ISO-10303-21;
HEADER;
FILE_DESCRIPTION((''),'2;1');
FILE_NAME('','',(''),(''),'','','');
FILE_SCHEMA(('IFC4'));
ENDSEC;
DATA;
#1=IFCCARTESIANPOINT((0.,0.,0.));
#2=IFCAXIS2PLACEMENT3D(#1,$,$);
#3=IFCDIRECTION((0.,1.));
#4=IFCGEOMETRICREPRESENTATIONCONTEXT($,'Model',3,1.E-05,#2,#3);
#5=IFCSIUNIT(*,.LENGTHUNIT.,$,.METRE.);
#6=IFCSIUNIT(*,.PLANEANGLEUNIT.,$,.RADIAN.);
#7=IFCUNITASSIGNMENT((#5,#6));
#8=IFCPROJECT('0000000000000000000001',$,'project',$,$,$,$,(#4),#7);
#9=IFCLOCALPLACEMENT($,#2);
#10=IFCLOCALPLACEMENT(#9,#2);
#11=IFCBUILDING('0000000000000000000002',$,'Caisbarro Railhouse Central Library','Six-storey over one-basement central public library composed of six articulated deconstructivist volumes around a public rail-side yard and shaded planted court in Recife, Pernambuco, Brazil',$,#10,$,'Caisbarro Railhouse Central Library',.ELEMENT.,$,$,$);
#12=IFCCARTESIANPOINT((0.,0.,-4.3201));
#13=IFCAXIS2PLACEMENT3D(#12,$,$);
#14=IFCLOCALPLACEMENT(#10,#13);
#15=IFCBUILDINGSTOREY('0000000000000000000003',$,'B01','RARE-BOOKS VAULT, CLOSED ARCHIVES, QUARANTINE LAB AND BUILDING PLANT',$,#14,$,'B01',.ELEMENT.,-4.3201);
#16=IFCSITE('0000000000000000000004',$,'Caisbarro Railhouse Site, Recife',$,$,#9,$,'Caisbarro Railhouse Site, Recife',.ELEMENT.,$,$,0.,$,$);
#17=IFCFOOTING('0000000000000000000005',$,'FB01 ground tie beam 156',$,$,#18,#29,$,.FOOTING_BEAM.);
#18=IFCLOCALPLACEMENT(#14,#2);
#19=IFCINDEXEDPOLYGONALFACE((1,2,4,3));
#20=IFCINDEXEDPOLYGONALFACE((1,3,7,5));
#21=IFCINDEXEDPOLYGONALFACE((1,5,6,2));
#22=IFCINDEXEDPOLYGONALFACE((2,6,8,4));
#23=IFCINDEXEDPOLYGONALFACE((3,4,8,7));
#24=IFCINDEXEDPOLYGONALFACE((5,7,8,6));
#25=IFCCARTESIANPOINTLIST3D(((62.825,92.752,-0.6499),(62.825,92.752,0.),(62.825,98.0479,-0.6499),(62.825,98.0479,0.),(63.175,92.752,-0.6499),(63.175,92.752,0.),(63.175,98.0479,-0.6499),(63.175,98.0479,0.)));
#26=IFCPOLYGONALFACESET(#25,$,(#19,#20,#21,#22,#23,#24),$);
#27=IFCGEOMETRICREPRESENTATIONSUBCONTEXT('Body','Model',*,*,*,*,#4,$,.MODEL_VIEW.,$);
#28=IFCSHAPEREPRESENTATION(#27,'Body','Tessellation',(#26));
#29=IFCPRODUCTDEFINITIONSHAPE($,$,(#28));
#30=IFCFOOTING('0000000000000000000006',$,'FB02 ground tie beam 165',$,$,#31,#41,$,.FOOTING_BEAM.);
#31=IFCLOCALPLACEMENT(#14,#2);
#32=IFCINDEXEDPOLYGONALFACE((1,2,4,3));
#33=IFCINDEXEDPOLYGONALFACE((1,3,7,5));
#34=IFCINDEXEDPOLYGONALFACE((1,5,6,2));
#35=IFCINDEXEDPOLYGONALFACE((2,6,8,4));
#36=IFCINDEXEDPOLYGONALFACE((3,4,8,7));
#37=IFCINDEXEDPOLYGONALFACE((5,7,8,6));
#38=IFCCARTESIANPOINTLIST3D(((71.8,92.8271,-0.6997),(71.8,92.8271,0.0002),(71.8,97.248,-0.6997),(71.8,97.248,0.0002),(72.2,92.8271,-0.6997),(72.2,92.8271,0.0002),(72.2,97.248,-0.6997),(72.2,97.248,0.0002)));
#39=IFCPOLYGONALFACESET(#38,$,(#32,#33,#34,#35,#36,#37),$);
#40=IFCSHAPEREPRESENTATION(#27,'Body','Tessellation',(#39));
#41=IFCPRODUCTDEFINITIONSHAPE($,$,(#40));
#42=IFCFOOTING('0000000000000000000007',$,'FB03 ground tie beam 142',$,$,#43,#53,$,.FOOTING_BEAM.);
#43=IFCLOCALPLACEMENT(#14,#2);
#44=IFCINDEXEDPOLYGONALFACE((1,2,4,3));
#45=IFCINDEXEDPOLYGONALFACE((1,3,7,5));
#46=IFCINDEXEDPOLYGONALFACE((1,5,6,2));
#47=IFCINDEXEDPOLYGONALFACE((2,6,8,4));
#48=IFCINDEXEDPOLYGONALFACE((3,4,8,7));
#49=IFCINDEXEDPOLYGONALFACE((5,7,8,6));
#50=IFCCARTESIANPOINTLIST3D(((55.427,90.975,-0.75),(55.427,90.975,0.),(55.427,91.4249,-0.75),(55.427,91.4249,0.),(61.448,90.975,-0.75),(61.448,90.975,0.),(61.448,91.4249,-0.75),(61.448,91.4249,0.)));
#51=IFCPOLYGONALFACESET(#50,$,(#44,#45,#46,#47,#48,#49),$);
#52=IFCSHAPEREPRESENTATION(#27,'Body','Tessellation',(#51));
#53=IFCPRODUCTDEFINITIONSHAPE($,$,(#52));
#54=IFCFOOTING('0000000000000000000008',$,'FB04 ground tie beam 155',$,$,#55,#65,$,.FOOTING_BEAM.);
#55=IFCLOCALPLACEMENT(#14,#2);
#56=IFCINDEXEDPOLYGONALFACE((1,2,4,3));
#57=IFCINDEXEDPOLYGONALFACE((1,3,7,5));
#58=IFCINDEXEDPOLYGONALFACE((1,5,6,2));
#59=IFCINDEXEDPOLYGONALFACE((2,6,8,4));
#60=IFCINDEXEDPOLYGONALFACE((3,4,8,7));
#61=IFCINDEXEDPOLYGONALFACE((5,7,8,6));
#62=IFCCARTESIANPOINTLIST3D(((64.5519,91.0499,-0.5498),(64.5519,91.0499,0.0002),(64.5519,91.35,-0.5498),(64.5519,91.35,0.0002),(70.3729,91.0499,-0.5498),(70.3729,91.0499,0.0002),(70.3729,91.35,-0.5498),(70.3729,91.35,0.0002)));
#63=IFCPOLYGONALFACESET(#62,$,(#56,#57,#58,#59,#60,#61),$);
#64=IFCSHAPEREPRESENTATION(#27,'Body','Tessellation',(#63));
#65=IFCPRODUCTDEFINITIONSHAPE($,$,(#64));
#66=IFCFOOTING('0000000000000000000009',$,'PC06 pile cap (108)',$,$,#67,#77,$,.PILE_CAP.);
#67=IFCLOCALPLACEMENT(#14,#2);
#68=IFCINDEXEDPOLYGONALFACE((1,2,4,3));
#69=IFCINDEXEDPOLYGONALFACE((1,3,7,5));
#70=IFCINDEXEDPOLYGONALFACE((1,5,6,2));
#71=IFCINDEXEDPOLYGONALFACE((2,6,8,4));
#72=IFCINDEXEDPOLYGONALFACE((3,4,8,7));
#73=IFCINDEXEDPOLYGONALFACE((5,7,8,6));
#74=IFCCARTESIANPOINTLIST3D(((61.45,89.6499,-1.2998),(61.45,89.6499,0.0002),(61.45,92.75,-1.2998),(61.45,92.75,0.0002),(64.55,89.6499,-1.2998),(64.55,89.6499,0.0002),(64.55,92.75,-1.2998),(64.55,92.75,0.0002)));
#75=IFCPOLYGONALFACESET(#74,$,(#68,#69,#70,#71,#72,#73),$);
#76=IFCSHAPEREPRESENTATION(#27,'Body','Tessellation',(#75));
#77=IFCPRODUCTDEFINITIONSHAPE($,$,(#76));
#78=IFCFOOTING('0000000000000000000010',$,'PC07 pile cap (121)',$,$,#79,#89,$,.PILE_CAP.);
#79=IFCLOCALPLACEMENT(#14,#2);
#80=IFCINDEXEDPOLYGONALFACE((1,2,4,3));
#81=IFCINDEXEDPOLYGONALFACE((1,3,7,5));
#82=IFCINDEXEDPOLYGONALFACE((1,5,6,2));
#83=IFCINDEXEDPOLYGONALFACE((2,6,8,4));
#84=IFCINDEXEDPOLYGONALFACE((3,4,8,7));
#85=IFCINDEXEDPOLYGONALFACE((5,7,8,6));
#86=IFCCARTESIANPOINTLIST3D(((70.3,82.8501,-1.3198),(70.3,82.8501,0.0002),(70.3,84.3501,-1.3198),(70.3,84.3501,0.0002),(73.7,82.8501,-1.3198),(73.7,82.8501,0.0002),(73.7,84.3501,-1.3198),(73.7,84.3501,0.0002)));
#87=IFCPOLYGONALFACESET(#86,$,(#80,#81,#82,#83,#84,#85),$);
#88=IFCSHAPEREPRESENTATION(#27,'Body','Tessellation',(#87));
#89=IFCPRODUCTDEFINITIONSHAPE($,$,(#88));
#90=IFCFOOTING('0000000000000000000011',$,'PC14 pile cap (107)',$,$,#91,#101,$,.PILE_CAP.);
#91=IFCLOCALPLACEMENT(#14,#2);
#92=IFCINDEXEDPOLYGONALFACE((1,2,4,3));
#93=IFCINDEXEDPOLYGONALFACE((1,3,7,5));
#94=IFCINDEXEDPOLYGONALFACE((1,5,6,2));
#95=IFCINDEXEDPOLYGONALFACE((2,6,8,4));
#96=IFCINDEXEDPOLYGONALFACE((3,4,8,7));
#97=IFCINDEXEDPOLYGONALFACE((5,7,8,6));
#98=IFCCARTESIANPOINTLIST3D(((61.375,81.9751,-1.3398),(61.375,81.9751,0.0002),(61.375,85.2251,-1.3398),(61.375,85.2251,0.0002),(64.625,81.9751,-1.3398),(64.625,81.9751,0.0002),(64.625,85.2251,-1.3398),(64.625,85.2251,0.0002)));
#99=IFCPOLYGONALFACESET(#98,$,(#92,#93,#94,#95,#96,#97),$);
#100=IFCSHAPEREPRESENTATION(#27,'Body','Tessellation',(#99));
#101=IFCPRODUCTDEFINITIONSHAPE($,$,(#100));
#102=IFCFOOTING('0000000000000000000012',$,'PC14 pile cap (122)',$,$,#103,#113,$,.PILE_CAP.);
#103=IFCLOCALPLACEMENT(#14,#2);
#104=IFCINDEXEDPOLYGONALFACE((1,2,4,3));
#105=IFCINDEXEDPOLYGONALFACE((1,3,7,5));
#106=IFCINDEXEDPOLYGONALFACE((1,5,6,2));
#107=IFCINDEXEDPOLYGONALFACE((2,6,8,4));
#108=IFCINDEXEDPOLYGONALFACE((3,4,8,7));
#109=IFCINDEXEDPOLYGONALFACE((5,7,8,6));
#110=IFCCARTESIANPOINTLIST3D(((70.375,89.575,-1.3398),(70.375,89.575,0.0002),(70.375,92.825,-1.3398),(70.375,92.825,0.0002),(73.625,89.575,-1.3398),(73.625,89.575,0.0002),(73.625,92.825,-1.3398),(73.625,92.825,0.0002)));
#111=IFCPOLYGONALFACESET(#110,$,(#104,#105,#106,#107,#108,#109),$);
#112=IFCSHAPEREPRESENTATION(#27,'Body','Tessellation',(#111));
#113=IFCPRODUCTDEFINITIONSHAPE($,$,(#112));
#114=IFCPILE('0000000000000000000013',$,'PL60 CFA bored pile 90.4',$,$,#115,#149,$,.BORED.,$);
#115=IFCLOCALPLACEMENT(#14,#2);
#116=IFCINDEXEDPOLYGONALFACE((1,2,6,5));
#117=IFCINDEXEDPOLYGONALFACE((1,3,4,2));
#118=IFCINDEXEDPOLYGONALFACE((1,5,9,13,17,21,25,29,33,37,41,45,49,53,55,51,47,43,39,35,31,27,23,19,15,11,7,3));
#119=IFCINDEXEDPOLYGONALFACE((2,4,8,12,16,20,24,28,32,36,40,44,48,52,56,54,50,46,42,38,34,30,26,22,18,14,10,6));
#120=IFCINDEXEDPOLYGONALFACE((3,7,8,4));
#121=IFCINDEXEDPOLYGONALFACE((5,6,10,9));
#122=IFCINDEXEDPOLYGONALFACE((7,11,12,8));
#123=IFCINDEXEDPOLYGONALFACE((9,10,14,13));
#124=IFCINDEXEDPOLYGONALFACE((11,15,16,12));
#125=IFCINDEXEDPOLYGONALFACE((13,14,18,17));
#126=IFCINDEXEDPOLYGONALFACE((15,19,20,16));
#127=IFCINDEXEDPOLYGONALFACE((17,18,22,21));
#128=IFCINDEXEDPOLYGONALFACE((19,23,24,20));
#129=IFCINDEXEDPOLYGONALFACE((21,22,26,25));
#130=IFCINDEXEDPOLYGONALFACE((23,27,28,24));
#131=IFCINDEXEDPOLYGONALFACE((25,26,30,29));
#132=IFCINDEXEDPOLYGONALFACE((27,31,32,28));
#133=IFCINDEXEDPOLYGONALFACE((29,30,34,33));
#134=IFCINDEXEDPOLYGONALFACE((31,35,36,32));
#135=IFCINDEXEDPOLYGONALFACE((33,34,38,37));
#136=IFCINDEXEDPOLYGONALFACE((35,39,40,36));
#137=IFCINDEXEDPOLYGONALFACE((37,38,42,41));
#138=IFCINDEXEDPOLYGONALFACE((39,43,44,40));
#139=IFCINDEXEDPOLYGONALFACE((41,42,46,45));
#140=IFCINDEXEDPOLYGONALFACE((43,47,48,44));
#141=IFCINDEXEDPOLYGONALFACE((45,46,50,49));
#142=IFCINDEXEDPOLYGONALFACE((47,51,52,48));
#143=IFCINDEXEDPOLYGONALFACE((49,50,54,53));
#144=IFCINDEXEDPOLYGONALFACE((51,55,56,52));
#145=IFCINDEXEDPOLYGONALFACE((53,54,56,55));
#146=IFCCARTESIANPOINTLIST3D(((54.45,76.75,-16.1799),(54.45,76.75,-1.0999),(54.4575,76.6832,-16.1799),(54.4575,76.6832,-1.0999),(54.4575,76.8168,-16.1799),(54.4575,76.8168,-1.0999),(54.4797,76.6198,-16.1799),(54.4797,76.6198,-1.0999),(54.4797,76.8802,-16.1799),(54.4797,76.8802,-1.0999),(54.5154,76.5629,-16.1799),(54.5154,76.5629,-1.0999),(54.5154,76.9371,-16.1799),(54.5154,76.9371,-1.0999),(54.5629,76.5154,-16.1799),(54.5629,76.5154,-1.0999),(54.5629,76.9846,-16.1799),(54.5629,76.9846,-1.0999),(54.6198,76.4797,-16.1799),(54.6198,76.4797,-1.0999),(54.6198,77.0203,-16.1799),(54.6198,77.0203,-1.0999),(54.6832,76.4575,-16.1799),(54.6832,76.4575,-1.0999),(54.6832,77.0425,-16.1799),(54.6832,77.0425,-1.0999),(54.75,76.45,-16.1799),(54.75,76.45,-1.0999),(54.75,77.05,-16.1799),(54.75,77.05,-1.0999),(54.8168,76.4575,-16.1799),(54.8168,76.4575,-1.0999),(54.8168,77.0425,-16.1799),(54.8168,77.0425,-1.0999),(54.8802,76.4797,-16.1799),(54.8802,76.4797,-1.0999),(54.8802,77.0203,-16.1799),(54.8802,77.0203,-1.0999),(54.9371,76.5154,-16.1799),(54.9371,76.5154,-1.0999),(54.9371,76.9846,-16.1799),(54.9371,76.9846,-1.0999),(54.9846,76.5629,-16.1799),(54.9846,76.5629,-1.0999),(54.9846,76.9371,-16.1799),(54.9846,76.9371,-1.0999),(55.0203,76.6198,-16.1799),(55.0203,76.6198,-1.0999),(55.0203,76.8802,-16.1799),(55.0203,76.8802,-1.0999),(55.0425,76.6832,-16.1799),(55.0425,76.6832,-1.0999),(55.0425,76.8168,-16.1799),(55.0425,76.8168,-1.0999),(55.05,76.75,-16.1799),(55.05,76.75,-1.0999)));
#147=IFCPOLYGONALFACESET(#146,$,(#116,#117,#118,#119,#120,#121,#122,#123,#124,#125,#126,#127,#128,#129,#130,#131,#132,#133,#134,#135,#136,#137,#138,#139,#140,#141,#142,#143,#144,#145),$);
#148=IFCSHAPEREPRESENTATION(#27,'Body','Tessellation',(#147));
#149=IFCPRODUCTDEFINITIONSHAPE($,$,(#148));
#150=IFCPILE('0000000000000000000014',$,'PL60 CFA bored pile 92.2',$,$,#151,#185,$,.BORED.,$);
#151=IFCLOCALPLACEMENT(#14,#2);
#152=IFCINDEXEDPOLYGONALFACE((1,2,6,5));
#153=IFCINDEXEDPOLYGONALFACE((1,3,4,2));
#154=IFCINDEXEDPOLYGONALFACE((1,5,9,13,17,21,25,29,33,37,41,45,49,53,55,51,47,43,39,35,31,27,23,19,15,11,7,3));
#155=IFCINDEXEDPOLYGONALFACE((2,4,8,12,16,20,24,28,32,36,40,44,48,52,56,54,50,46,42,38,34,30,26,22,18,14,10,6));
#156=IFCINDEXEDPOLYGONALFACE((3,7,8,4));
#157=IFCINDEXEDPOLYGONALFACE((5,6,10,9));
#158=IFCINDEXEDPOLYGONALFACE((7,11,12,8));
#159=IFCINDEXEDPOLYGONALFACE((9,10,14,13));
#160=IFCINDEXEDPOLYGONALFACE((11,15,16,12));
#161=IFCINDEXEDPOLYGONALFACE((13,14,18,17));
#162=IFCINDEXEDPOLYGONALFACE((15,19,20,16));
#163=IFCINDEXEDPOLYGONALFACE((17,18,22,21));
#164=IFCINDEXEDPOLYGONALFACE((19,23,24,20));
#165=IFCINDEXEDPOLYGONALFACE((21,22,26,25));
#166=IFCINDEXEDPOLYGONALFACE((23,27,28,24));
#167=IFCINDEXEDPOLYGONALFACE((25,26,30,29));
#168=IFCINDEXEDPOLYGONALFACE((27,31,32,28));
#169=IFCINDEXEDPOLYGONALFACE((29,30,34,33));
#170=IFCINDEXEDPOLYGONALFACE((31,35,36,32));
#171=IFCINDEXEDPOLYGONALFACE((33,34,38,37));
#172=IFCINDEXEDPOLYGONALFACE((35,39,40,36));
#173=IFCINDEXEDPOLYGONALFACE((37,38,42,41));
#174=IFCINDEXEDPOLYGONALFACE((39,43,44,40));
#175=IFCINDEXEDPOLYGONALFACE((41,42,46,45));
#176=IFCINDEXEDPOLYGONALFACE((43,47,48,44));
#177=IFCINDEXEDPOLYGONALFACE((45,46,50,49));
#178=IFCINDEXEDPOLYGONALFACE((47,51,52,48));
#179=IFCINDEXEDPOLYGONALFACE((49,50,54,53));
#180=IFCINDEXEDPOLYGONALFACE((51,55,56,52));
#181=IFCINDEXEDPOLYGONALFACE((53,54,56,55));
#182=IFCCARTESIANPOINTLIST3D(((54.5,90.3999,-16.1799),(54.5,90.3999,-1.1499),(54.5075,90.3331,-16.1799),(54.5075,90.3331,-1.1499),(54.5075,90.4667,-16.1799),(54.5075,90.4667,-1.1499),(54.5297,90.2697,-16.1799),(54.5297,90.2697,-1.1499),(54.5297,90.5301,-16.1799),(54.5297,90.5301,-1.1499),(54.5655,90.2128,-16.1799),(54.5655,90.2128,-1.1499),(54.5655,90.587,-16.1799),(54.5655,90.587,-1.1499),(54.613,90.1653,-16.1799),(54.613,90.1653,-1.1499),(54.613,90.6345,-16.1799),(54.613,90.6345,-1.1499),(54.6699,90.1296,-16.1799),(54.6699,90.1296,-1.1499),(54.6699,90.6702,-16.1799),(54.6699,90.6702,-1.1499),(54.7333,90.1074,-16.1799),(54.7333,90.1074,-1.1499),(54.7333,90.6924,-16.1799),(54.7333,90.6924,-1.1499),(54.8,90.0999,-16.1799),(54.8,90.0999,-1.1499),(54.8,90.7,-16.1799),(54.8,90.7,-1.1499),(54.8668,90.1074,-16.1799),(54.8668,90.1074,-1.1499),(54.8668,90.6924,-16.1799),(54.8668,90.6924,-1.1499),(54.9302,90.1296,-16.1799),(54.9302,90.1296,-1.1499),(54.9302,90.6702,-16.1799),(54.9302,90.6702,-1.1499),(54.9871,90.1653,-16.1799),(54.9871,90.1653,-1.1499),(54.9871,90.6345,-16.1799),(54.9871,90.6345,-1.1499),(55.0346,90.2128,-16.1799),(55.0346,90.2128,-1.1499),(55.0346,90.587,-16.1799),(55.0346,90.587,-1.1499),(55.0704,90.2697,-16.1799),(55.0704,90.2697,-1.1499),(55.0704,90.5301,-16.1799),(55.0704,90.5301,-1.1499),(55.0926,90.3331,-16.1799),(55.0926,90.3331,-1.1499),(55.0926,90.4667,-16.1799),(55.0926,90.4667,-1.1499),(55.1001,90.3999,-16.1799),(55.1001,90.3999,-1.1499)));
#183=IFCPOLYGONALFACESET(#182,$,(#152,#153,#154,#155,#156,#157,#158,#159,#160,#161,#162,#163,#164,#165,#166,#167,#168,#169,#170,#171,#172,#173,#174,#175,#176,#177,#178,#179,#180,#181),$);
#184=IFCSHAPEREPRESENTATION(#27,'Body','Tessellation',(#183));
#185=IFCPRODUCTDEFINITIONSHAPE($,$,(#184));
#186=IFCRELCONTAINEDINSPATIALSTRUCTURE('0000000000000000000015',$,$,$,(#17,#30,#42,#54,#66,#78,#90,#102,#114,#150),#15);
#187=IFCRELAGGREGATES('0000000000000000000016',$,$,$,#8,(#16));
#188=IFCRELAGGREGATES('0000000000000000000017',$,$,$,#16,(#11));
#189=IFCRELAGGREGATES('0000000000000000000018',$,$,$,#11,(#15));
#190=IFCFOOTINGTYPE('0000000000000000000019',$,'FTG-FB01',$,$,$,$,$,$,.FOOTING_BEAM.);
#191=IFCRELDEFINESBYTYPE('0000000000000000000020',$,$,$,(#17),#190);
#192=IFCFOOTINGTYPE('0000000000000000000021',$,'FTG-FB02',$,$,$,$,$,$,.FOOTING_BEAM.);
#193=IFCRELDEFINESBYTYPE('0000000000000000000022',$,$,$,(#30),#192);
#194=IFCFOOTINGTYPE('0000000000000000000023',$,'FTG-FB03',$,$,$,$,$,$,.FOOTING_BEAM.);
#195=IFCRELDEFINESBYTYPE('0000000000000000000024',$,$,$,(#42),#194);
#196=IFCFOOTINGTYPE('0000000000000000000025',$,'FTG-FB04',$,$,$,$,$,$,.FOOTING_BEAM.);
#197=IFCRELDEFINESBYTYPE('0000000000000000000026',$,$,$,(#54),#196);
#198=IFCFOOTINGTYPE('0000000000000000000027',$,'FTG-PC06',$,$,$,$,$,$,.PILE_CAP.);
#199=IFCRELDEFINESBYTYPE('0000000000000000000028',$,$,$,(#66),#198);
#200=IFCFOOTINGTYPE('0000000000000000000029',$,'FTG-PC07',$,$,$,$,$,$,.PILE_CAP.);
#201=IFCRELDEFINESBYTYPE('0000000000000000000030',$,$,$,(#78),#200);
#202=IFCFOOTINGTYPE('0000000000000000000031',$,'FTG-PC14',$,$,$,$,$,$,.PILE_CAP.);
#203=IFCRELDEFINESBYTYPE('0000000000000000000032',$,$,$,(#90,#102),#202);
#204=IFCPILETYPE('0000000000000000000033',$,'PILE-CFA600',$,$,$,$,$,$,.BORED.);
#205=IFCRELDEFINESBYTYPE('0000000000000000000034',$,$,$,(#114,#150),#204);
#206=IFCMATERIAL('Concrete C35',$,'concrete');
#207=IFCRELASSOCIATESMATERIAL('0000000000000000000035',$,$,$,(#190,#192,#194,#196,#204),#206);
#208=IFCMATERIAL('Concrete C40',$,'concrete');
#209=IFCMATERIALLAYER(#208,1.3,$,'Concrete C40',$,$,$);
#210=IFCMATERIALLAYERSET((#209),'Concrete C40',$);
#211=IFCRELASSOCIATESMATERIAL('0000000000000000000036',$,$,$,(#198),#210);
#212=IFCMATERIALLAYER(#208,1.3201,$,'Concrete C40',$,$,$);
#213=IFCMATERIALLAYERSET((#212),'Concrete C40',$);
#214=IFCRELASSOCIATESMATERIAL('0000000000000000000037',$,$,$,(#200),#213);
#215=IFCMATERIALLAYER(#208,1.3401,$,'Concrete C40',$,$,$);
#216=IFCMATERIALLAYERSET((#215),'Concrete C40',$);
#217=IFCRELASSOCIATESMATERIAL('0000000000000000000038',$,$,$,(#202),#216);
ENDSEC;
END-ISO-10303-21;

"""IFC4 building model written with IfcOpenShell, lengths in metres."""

from ifc_helpers import new_model, si_unit, direction, frame, origin, origin_2d, place, context, subcontext, project, spatial, rectangle, circle, extrude, material, layer, layer_set, material_profile, profile_set, type_object, element, save


model = new_model("IFC4")

# Units and contexts
model_context = context("Model", 3, precision=1e-05, world=origin(), true_north=direction((0.0, 1.0)))
body_context = subcontext(model_context, "Body", "Model", "MODEL_VIEW")
ifc_project = project(units=[si_unit("LENGTHUNIT", "METRE"), si_unit("PLANEANGLEUNIT", "RADIAN")], contexts=[model_context])

# Site, building, storey
site_placement = place(None, origin())
site = spatial("IfcSite", under=ifc_project, at=site_placement, Name="Caisbarro Railhouse Site, Recife", LongName="Caisbarro Railhouse Site, Recife", CompositionType="ELEMENT", RefElevation=0.0)
building_placement = place(site_placement, origin())
building = spatial("IfcBuilding", under=site, at=building_placement, Name="Caisbarro Railhouse Central Library", Description="Six-storey over one-basement central public library composed of six articulated deconstructivist volumes around a public rail-side yard and shaded planted court in Recife, Pernambuco, Brazil", LongName="Caisbarro Railhouse Central Library", CompositionType="ELEMENT")
storey_placement = place(building_placement, frame((0.0, 0.0, -4.3201)))
storey = spatial("IfcBuildingStorey", under=building, at=storey_placement, Name="B01", Description="RARE-BOOKS VAULT, CLOSED ARCHIVES, QUARANTINE LAB AND BUILDING PLANT", LongName="B01", CompositionType="ELEMENT", Elevation=-4.3201)

# Footings
ifc_material_1 = material(Name="Concrete C35", Category="concrete")
footing_type_1 = type_object("IfcFootingType", Name="FTG-FB01", PredefinedType="FOOTING_BEAM", material=ifc_material_1)
footing_1_placement = place(storey_placement, frame((63.0, 95.3999, -0.6499), z_axis=(0.0, 0.0, 1.0), x_axis=(0.0, 1.0, 0.0)))
element("IfcFooting", 1, at=footing_1_placement, inside=storey, type_object=footing_type_1, Name="FB01 ground tie beam 156", PredefinedType="FOOTING_BEAM", context=body_context, shape_type="SweptSolid", body=[
    extrude(rectangle(XDim=5.2959, YDim=0.3501, at=origin_2d()), origin(), (0.0, 0.0, 1.0), 0.6499),
])
footing_type_2 = type_object("IfcFootingType", Name="FTG-FB02", PredefinedType="FOOTING_BEAM", material=ifc_material_1)
footing_2_placement = place(storey_placement, frame((72.0, 95.0376, -0.6997), z_axis=(0.0, 0.0, 1.0), x_axis=(0.0, 1.0, 0.0)))
element("IfcFooting", 2, at=footing_2_placement, inside=storey, type_object=footing_type_2, Name="FB02 ground tie beam 165", PredefinedType="FOOTING_BEAM", context=body_context, shape_type="SweptSolid", body=[
    extrude(rectangle(XDim=4.4209, YDim=0.3999, at=origin_2d()), origin(), (0.0, 0.0, 1.0), 0.7),
])
footing_type_3 = type_object("IfcFootingType", Name="FTG-FB03", PredefinedType="FOOTING_BEAM", material=ifc_material_1)
footing_3_placement = place(storey_placement, frame((58.4375, 91.2, -0.75), z_axis=(0.0, 0.0, 1.0), x_axis=(1.0, 0.0, 0.0)))
element("IfcFooting", 3, at=footing_3_placement, inside=storey, type_object=footing_type_3, Name="FB03 ground tie beam 142", PredefinedType="FOOTING_BEAM", context=body_context, shape_type="SweptSolid", body=[
    extrude(rectangle(XDim=6.021, YDim=0.45, at=origin_2d()), origin(), (0.0, 0.0, 1.0), 0.75),
])
footing_type_4 = type_object("IfcFootingType", Name="FTG-FB04", PredefinedType="FOOTING_BEAM", material=ifc_material_1)
footing_4_placement = place(storey_placement, frame((67.4624, 91.2, -0.5498), z_axis=(0.0, 0.0, 1.0), x_axis=(1.0, 0.0, 0.0)))
element("IfcFooting", 4, at=footing_4_placement, inside=storey, type_object=footing_type_4, Name="FB04 ground tie beam 155", PredefinedType="FOOTING_BEAM", context=body_context, shape_type="SweptSolid", body=[
    extrude(rectangle(XDim=5.821, YDim=0.3, at=origin_2d()), origin(), (0.0, 0.0, 1.0), 0.55),
])
ifc_material_2 = material(Name="Concrete C40", Category="concrete")
ifc_layer_1 = layer(ifc_material_2, 1.3, Name="Concrete C40")
ifc_layer_set_1 = layer_set([ifc_layer_1], Name="Concrete C40")
footing_type_5 = type_object("IfcFootingType", Name="FTG-PC06", PredefinedType="PILE_CAP", material=ifc_layer_set_1)
footing_5_placement = place(storey_placement, frame((63.0, 91.2, -1.2998), z_axis=(0.0, 0.0, 1.0), x_axis=(1.0, 0.0, 0.0)))
element("IfcFooting", 5, at=footing_5_placement, inside=storey, type_object=footing_type_5, Name="PC06 pile cap (108)", PredefinedType="PILE_CAP", context=body_context, shape_type="SweptSolid", body=[
    extrude(rectangle(XDim=3.1001, YDim=3.1001, at=origin_2d()), origin(), (0.0, 0.0, 1.0), 1.3),
])
ifc_layer_2 = layer(ifc_material_2, 1.3201, Name="Concrete C40")
ifc_layer_set_2 = layer_set([ifc_layer_2], Name="Concrete C40")
footing_type_6 = type_object("IfcFootingType", Name="FTG-PC07", PredefinedType="PILE_CAP", material=ifc_layer_set_2)
footing_6_placement = place(storey_placement, frame((72.0, 83.6001, -1.3198), z_axis=(0.0, 0.0, 1.0), x_axis=(1.0, 0.0, 0.0)))
element("IfcFooting", 6, at=footing_6_placement, inside=storey, type_object=footing_type_6, Name="PC07 pile cap (121)", PredefinedType="PILE_CAP", context=body_context, shape_type="SweptSolid", body=[
    extrude(rectangle(XDim=3.3999, YDim=1.5, at=origin_2d()), origin(), (0.0, 0.0, 1.0), 1.3201),
])
ifc_layer_3 = layer(ifc_material_2, 1.3401, Name="Concrete C40")
ifc_layer_set_3 = layer_set([ifc_layer_3], Name="Concrete C40")
footing_type_7 = type_object("IfcFootingType", Name="FTG-PC14", PredefinedType="PILE_CAP", material=ifc_layer_set_3)
for number, where, z_axis, x_axis, name in (
    (7, (63.0, 83.6001, -1.3398), (0.0, 0.0, 1.0), (1.0, 0.0, 0.0), "PC14 pile cap (107)"),
    (8, (72.0, 91.2, -1.3398), (0.0, 0.0, 1.0), (1.0, 0.0, 0.0), "PC14 pile cap (122)"),
):
    element("IfcFooting", number, at=place(storey_placement, frame(where, z_axis=z_axis, x_axis=x_axis)), inside=storey, type_object=footing_type_7, Name=name, PredefinedType="PILE_CAP", context=body_context, shape_type="SweptSolid", body=[
        extrude(rectangle(XDim=3.25, YDim=3.25, at=origin_2d()), origin(), (0.0, 0.0, 1.0), 1.3401),
    ])

# Piles
ifc_material_profile_1 = material_profile(ifc_material_1, circle(Radius=0.3, at=origin_2d()), Name="PILE-CFA-600")
ifc_profile_set_1 = profile_set([ifc_material_profile_1], Name="Concrete C35")
pile_type_1 = type_object("IfcPileType", Name="PILE-CFA600", PredefinedType="BORED", material=ifc_profile_set_1)
pile_1_placement = place(storey_placement, frame((54.75, 76.75, -1.0999), z_axis=(0.0, 0.0, -1.0), x_axis=(1.0, 0.0, 0.0)))
element("IfcPile", 9, at=pile_1_placement, inside=storey, type_object=pile_type_1, Name="PL60 CFA bored pile 90.4", PredefinedType="BORED", context=body_context, shape_type="SweptSolid", body=[
    extrude(circle(Radius=0.3, at=origin_2d()), origin(), (0.0, 0.0, 1.0), 15.0801),
])
for number, where, z_axis, x_axis, name in (
    (10, (54.8, 90.3999, -1.1499), (0.0, 0.0, -1.0), (1.0, 0.0, 0.0), "PL60 CFA bored pile 92.2"),
):
    element("IfcPile", number, at=place(storey_placement, frame(where, z_axis=z_axis, x_axis=x_axis)), inside=storey, type_object=pile_type_1, Name=name, PredefinedType="BORED", context=body_context, shape_type="SweptSolid", body=[
        extrude(circle(Radius=0.3, at=origin_2d()), origin(), (0.0, 0.0, 1.0), 15.03),
    ])

save(model, "model.ifc")
